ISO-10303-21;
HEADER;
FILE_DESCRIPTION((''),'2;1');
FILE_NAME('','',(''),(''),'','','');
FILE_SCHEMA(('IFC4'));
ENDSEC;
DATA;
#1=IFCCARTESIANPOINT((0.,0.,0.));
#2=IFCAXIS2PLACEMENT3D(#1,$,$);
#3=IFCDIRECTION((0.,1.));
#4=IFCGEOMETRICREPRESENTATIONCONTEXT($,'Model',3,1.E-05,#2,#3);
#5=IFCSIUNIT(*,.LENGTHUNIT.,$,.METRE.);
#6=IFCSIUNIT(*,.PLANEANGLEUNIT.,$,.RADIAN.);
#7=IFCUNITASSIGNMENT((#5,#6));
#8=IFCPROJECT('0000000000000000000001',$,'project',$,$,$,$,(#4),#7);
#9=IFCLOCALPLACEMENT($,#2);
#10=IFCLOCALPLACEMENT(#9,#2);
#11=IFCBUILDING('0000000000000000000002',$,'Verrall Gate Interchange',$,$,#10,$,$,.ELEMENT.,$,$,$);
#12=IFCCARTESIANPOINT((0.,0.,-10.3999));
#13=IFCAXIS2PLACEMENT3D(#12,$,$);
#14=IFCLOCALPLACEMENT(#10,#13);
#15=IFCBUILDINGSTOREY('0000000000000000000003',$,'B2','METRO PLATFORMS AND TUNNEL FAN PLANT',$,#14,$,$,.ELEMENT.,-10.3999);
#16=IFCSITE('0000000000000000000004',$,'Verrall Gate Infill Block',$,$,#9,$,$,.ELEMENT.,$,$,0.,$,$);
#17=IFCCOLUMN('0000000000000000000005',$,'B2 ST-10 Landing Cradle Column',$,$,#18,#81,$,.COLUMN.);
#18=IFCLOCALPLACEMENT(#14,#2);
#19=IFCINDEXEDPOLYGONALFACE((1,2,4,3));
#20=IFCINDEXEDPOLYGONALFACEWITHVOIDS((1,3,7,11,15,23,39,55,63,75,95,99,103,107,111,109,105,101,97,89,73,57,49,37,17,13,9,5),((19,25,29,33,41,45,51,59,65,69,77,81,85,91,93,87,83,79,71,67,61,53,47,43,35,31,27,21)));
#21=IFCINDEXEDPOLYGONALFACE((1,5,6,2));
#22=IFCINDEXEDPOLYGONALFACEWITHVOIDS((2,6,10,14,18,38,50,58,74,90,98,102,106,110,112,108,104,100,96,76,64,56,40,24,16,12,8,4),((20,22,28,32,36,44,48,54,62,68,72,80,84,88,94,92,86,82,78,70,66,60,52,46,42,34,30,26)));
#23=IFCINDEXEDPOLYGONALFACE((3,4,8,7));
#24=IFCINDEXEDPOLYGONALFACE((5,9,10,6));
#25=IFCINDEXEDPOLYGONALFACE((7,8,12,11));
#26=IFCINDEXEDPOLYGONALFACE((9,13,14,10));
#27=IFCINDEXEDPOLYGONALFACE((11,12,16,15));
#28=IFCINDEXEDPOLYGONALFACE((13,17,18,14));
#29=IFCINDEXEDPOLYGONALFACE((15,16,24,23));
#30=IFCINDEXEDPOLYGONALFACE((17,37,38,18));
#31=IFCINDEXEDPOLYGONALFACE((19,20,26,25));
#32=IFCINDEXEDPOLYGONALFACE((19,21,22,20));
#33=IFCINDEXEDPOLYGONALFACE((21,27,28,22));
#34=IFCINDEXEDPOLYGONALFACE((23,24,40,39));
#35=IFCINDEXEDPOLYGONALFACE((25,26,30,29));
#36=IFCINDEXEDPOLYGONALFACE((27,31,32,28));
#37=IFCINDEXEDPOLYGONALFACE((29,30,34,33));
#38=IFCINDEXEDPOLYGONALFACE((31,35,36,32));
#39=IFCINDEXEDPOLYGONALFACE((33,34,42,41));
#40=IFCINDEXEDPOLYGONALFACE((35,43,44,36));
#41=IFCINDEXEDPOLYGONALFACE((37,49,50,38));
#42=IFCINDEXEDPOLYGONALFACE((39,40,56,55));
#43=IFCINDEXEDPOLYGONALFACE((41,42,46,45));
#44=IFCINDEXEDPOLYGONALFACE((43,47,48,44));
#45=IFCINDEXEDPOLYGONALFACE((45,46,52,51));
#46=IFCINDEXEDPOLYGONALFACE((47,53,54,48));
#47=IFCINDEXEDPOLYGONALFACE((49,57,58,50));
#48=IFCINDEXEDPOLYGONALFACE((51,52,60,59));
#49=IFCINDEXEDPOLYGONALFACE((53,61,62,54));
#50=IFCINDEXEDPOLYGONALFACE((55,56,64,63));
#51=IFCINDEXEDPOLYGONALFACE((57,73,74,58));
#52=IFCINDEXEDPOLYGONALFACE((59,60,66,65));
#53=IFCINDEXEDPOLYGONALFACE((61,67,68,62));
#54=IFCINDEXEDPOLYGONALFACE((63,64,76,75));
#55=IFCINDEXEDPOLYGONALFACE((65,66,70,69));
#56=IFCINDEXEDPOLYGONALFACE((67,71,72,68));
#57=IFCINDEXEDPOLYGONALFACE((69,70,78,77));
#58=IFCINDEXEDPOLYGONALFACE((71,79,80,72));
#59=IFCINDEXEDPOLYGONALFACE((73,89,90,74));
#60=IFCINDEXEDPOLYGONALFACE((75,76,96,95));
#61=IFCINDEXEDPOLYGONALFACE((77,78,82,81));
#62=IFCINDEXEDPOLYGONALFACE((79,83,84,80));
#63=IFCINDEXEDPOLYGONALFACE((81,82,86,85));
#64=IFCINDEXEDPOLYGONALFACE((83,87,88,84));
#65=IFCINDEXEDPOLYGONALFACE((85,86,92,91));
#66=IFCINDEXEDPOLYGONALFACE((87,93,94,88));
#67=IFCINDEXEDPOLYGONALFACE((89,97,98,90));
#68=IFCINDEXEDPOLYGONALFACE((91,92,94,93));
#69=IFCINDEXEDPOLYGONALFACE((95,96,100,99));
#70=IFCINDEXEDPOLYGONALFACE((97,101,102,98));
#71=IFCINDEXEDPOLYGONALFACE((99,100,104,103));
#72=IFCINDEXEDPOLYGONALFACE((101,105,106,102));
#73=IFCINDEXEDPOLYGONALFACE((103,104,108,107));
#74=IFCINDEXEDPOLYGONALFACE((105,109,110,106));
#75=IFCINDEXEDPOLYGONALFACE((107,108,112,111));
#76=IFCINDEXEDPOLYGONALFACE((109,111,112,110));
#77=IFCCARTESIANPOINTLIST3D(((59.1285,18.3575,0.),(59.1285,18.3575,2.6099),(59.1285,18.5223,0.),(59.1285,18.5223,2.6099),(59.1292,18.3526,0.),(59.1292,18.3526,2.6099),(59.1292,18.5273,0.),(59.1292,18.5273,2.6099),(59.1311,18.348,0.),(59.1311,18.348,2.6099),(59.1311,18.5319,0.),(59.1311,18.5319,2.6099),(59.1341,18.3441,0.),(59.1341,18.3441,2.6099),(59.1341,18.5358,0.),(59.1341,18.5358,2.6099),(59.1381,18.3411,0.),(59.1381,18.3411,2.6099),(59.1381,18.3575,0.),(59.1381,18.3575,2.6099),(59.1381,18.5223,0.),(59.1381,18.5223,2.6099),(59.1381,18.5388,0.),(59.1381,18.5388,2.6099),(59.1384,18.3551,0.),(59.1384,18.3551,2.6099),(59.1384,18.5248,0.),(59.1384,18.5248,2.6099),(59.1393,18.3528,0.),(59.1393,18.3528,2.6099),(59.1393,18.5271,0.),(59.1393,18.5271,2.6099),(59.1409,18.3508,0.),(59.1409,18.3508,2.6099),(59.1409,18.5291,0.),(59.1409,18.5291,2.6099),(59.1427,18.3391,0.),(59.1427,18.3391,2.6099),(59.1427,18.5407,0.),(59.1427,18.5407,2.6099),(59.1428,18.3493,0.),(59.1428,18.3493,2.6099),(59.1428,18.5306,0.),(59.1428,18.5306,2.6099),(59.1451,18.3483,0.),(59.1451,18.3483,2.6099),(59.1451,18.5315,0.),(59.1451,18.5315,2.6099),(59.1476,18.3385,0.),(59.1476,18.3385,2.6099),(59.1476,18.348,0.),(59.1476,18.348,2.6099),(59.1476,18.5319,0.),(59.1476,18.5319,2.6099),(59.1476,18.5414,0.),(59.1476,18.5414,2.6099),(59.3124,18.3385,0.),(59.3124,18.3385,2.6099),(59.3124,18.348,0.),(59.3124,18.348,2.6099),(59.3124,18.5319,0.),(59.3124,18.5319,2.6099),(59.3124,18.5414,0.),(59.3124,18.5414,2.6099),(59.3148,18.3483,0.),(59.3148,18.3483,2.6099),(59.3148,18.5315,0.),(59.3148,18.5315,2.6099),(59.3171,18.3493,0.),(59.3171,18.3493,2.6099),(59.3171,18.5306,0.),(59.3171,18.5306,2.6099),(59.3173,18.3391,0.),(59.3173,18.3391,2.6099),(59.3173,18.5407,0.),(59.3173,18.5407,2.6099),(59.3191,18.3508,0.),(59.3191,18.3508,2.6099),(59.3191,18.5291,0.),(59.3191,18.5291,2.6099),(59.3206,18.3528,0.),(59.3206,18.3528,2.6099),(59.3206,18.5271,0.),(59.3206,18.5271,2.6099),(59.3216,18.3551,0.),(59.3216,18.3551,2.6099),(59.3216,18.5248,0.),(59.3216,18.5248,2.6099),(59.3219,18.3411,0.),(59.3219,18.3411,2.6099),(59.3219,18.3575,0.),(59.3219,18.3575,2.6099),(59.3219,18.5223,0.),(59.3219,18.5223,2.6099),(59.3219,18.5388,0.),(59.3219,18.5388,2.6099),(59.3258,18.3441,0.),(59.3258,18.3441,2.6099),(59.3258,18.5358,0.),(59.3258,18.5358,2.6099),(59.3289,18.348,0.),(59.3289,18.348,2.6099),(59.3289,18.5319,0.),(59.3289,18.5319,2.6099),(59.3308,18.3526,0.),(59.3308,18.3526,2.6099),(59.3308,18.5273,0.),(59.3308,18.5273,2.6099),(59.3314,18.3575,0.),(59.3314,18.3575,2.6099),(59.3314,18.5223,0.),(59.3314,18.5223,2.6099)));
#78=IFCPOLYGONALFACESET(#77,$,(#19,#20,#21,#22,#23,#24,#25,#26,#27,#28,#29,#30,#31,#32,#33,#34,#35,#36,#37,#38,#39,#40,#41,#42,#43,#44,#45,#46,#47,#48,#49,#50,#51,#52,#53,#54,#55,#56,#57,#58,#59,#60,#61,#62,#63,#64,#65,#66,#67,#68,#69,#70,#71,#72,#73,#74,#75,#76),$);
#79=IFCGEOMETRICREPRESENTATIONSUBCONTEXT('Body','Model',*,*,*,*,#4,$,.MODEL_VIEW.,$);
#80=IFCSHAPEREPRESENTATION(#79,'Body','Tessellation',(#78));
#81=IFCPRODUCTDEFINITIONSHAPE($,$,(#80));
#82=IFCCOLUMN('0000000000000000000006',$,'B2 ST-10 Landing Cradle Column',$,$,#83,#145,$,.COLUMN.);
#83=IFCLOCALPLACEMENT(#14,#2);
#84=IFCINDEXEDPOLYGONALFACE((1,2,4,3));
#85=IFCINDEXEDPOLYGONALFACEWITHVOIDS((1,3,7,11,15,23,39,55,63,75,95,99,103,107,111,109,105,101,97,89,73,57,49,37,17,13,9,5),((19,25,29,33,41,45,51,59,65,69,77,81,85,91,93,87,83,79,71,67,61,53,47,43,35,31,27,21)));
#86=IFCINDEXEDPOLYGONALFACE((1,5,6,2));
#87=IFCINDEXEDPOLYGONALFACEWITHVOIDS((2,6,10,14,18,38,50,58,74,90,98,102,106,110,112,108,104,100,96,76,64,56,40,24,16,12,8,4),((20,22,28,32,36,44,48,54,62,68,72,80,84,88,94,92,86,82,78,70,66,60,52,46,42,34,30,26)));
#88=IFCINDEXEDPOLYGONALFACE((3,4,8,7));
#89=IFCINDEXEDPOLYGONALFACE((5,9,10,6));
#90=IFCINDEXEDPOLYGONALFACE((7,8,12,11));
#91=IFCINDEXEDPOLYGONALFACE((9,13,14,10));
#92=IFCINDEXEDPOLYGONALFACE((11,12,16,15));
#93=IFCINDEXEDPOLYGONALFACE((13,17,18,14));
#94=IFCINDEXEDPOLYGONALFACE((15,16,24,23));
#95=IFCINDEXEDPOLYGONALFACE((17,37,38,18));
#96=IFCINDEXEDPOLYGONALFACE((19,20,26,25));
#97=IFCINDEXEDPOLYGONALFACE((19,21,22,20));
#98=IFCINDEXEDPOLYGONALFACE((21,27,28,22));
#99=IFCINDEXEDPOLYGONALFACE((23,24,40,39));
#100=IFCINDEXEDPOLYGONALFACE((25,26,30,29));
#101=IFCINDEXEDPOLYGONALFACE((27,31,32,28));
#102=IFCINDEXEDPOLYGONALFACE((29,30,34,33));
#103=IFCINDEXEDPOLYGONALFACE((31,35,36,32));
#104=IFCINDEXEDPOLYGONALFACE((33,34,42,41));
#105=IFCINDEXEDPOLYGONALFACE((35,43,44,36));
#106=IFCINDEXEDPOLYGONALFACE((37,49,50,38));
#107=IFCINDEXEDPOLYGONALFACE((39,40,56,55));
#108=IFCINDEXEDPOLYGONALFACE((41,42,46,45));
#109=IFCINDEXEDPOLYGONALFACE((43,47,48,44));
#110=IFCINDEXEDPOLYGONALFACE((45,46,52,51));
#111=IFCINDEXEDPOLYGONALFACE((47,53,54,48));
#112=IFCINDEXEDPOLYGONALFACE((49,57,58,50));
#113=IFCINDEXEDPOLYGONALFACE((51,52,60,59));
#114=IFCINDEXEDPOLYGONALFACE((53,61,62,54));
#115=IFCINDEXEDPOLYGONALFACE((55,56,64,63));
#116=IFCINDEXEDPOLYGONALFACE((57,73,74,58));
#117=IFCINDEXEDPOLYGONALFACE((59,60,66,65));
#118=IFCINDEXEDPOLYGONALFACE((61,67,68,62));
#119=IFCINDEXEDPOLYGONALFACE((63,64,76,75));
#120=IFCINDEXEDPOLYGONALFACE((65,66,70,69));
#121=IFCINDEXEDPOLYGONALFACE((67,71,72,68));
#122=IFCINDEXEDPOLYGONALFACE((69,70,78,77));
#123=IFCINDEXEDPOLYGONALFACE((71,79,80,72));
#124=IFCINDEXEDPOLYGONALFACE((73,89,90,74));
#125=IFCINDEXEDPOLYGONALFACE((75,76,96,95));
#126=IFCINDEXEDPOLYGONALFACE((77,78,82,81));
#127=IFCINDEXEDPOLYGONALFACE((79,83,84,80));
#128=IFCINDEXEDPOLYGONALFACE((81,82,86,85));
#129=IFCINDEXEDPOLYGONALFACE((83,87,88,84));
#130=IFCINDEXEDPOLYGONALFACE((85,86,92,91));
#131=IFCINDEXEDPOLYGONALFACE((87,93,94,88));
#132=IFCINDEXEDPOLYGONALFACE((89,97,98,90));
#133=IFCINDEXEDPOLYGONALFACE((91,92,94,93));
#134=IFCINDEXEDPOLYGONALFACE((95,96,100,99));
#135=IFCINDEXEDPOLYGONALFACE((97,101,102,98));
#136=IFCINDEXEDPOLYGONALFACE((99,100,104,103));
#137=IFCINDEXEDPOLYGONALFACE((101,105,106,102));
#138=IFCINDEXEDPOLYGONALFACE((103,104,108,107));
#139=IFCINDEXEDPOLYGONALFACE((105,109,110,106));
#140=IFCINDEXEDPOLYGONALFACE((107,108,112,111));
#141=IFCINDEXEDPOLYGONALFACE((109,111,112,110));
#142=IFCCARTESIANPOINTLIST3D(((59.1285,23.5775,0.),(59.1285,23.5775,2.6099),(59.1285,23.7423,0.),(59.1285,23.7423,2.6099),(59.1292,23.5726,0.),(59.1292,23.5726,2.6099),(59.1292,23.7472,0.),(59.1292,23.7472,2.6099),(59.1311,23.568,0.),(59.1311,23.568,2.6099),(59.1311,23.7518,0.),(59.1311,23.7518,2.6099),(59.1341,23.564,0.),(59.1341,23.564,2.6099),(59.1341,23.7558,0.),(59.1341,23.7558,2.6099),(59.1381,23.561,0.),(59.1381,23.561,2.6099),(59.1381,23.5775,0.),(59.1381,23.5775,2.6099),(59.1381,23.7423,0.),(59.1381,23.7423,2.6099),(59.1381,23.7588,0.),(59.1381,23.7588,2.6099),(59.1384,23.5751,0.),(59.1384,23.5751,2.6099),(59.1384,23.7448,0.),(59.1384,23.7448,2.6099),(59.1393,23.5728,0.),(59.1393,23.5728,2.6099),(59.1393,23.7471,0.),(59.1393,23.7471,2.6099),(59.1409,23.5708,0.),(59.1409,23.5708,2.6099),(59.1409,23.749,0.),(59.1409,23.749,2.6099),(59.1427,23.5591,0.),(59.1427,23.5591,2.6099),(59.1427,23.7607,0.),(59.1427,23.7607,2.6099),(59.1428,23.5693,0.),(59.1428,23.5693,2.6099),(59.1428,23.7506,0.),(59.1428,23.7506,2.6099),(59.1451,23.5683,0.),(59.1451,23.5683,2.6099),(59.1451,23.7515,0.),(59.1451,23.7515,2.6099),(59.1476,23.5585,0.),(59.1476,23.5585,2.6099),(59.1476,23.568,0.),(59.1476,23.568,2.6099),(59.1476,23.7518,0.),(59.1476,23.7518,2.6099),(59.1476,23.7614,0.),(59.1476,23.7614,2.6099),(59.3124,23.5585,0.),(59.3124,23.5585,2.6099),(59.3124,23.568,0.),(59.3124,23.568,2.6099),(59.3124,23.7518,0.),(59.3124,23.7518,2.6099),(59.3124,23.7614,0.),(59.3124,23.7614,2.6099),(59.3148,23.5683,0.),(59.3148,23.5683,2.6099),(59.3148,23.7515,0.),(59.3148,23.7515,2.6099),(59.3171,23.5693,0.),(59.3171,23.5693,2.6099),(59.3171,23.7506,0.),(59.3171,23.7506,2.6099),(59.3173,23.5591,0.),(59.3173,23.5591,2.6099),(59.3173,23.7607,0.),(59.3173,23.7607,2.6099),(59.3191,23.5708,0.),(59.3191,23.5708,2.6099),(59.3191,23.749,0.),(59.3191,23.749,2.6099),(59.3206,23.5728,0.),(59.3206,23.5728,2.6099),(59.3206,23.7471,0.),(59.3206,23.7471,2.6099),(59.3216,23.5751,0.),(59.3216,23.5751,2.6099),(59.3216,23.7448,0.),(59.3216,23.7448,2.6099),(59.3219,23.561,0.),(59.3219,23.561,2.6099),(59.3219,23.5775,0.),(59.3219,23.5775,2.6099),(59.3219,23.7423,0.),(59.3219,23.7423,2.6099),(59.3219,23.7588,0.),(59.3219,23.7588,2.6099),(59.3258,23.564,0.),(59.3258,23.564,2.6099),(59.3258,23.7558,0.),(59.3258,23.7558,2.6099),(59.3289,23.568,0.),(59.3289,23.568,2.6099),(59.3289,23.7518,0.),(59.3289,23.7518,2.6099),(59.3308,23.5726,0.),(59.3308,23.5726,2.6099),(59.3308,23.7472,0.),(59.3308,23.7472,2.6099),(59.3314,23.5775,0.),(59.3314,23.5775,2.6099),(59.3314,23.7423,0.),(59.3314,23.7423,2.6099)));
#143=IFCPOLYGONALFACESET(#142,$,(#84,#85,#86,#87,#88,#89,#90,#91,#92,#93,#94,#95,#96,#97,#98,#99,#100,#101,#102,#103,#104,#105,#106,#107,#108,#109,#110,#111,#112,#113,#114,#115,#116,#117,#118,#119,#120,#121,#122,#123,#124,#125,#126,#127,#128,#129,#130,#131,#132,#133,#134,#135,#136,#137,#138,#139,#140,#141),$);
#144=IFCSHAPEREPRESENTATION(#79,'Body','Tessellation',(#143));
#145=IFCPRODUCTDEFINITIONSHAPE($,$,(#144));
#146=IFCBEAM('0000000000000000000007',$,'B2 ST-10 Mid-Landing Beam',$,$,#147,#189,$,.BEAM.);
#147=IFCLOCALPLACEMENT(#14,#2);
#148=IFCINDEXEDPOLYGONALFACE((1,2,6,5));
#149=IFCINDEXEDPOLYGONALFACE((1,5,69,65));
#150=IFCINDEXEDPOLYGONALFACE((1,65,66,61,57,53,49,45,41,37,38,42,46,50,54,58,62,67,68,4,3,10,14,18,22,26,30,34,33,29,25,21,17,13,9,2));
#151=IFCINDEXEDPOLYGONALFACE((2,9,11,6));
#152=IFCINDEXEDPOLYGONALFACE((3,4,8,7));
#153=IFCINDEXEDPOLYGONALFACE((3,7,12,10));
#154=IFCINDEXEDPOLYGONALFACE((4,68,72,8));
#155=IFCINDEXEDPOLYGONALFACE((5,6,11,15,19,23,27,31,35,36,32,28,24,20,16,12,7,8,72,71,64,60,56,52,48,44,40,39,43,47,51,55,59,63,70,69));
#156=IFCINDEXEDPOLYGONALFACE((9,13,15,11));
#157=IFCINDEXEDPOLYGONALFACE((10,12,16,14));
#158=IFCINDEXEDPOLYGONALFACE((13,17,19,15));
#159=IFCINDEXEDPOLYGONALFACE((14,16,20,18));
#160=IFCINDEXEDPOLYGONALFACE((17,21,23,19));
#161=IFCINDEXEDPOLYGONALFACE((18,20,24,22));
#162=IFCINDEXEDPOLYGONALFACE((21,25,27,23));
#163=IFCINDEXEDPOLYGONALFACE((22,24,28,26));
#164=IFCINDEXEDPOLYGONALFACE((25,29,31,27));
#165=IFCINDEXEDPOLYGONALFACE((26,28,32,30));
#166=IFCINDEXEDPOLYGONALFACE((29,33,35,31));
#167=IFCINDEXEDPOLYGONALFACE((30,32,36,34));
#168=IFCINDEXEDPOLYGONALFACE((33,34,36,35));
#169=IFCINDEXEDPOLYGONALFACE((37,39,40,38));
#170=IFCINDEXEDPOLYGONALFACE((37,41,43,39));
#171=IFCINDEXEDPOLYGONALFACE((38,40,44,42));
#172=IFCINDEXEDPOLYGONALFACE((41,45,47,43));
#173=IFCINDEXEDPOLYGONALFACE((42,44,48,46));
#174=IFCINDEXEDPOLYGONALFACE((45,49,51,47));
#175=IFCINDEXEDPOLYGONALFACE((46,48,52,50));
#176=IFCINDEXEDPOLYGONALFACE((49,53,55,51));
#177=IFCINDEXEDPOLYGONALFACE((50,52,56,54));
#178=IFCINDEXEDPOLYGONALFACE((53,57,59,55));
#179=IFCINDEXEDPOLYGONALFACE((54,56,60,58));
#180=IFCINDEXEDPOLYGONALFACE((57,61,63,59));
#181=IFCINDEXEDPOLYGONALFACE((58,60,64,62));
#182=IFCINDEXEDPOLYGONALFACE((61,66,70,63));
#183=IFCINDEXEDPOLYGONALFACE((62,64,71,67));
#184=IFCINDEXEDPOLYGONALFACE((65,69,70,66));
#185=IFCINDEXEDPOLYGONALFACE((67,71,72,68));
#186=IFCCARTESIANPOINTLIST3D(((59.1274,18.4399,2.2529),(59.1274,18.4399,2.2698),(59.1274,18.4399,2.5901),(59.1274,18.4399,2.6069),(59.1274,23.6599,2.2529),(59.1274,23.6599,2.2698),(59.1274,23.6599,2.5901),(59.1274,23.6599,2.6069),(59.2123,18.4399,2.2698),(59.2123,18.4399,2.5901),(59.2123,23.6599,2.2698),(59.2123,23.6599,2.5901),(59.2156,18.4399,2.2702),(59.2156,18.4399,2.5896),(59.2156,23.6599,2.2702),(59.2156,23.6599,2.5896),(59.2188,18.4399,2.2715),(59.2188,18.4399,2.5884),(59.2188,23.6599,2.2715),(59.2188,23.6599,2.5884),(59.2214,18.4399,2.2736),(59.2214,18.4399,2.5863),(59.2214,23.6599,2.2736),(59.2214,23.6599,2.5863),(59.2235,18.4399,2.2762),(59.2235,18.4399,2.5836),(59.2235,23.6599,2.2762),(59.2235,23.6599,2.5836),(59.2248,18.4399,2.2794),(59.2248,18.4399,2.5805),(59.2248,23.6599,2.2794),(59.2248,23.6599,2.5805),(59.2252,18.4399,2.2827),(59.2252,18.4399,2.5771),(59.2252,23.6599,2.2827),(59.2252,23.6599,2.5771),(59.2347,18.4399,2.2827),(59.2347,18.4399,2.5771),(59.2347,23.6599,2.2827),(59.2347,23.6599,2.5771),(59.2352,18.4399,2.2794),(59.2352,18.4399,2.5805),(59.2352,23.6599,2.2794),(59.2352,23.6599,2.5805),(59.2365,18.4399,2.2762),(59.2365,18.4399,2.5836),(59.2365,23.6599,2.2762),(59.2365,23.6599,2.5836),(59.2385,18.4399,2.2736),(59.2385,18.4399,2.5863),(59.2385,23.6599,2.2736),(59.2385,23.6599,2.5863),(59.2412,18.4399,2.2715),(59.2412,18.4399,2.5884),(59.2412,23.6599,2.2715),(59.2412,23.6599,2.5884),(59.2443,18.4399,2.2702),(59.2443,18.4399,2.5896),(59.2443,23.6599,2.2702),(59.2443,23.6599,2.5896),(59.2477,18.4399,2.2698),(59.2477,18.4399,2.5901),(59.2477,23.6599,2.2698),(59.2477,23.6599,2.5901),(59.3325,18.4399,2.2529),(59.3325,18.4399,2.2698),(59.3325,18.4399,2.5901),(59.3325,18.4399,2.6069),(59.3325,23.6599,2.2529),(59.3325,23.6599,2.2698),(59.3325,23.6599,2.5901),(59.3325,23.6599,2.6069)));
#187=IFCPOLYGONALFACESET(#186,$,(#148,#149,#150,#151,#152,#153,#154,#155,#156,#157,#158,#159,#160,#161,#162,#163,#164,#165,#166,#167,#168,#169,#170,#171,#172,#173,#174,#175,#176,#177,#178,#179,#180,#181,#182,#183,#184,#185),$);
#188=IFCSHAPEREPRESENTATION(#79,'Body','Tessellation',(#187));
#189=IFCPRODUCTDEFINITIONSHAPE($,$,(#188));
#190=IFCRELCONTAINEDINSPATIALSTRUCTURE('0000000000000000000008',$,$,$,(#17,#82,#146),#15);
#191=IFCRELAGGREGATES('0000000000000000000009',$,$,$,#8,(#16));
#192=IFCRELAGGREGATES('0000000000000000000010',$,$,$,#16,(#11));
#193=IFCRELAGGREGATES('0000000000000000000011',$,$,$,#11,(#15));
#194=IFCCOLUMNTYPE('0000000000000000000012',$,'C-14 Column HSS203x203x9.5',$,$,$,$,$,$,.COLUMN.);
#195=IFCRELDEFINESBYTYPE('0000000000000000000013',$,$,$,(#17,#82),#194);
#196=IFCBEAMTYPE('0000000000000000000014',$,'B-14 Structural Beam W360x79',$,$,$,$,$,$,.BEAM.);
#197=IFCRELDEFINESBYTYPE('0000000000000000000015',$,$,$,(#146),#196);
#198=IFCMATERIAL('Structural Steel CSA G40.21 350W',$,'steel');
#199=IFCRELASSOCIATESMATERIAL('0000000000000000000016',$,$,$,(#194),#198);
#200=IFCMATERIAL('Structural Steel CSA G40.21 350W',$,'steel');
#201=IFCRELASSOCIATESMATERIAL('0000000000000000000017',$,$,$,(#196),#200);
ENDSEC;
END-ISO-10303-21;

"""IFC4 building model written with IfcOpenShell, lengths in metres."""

from ifc_helpers import new_model, si_unit, direction, frame, origin, origin_2d, place, context, subcontext, project, spatial, hollow_rectangle, i_section, extrude, material, material_profile, profile_set, type_object, element, save


model = new_model("IFC4")

# Units and contexts
model_context = context("Model", 3, precision=1e-05, world=origin(), true_north=direction((0.0, 1.0)))
body_context = subcontext(model_context, "Body", "Model", "MODEL_VIEW")
ifc_project = project(units=[si_unit("LENGTHUNIT", "METRE"), si_unit("PLANEANGLEUNIT", "RADIAN")], contexts=[model_context])

# Site, building, storey
site_placement = place(None, origin())
site = spatial("IfcSite", under=ifc_project, at=site_placement, Name="Verrall Gate Infill Block", CompositionType="ELEMENT", RefElevation=0.0)
building_placement = place(site_placement, origin())
building = spatial("IfcBuilding", under=site, at=building_placement, Name="Verrall Gate Interchange", CompositionType="ELEMENT")
storey_placement = place(building_placement, frame((0.0, 0.0, -10.3999)))
storey = spatial("IfcBuildingStorey", under=building, at=storey_placement, Name="B2", Description="METRO PLATFORMS AND TUNNEL FAN PLANT", CompositionType="ELEMENT", Elevation=-10.3999)

# Columns
ifc_material_1 = material(Name="Structural Steel CSA G40.21 350W", Category="steel")
ifc_material_profile_1 = material_profile(ifc_material_1, hollow_rectangle(XDim=0.2029, YDim=0.2029, WallThickness=0.0095, InnerFilletRadius=0.0095, OuterFilletRadius=0.019, at=origin_2d()), Name="HSS203x203x9.5")
ifc_profile_set_1 = profile_set([ifc_material_profile_1], Name="Structural Steel CSA G40.21 350W")
column_type_1 = type_object("IfcColumnType", Name="C-14 Column HSS203x203x9.5", PredefinedType="COLUMN", material=ifc_profile_set_1)
for number, where, z_axis, x_axis, name in (
    (1, (59.23, 18.4399, 0.0), (0.0, 0.0, 1.0), (1.0, 0.0, 0.0), "B2 ST-10 Landing Cradle Column"),
    (2, (59.23, 23.6599, 0.0), (0.0, 0.0, 1.0), (1.0, 0.0, 0.0), "B2 ST-10 Landing Cradle Column"),
):
    element("IfcColumn", number, at=place(storey_placement, frame(where, z_axis=z_axis, x_axis=x_axis)), inside=storey, type_object=column_type_1, Name=name, PredefinedType="COLUMN", context=body_context, shape_type="SweptSolid", body=[
        extrude(hollow_rectangle(XDim=0.2029, YDim=0.2029, WallThickness=0.0095, InnerFilletRadius=0.0095, OuterFilletRadius=0.019, at=origin_2d()), origin(), (0.0, 0.0, 1.0), 2.6099),
    ])

# Beam
ifc_material_2 = material(Name="Structural Steel CSA G40.21 350W", Category="steel")
ifc_material_profile_2 = material_profile(ifc_material_2, i_section(OverallWidth=0.2051, OverallDepth=0.354, WebThickness=0.0095, FlangeThickness=0.0168, FilletRadius=0.0129, at=origin_2d()), Name="W360x79")
ifc_profile_set_2 = profile_set([ifc_material_profile_2], Name="Structural Steel CSA G40.21 350W")
beam_type = type_object("IfcBeamType", Name="B-14 Structural Beam W360x79", PredefinedType="BEAM", material=ifc_profile_set_2)
beam_placement = place(storey_placement, frame((59.23, 18.4399, 2.4299), z_axis=(0.0, 1.0, 0.0), x_axis=(-1.0, 0.0, 0.0)))
element("IfcBeam", 3, at=beam_placement, inside=storey, type_object=beam_type, Name="B2 ST-10 Mid-Landing Beam", PredefinedType="BEAM", context=body_context, shape_type="SweptSolid", body=[
    extrude(i_section(OverallWidth=0.2051, OverallDepth=0.354, WebThickness=0.0095, FlangeThickness=0.0168, FilletRadius=0.0129, at=origin_2d()), origin(), (0.0, 0.0, 1.0), 5.22),
])

save(model, "model.ifc")
